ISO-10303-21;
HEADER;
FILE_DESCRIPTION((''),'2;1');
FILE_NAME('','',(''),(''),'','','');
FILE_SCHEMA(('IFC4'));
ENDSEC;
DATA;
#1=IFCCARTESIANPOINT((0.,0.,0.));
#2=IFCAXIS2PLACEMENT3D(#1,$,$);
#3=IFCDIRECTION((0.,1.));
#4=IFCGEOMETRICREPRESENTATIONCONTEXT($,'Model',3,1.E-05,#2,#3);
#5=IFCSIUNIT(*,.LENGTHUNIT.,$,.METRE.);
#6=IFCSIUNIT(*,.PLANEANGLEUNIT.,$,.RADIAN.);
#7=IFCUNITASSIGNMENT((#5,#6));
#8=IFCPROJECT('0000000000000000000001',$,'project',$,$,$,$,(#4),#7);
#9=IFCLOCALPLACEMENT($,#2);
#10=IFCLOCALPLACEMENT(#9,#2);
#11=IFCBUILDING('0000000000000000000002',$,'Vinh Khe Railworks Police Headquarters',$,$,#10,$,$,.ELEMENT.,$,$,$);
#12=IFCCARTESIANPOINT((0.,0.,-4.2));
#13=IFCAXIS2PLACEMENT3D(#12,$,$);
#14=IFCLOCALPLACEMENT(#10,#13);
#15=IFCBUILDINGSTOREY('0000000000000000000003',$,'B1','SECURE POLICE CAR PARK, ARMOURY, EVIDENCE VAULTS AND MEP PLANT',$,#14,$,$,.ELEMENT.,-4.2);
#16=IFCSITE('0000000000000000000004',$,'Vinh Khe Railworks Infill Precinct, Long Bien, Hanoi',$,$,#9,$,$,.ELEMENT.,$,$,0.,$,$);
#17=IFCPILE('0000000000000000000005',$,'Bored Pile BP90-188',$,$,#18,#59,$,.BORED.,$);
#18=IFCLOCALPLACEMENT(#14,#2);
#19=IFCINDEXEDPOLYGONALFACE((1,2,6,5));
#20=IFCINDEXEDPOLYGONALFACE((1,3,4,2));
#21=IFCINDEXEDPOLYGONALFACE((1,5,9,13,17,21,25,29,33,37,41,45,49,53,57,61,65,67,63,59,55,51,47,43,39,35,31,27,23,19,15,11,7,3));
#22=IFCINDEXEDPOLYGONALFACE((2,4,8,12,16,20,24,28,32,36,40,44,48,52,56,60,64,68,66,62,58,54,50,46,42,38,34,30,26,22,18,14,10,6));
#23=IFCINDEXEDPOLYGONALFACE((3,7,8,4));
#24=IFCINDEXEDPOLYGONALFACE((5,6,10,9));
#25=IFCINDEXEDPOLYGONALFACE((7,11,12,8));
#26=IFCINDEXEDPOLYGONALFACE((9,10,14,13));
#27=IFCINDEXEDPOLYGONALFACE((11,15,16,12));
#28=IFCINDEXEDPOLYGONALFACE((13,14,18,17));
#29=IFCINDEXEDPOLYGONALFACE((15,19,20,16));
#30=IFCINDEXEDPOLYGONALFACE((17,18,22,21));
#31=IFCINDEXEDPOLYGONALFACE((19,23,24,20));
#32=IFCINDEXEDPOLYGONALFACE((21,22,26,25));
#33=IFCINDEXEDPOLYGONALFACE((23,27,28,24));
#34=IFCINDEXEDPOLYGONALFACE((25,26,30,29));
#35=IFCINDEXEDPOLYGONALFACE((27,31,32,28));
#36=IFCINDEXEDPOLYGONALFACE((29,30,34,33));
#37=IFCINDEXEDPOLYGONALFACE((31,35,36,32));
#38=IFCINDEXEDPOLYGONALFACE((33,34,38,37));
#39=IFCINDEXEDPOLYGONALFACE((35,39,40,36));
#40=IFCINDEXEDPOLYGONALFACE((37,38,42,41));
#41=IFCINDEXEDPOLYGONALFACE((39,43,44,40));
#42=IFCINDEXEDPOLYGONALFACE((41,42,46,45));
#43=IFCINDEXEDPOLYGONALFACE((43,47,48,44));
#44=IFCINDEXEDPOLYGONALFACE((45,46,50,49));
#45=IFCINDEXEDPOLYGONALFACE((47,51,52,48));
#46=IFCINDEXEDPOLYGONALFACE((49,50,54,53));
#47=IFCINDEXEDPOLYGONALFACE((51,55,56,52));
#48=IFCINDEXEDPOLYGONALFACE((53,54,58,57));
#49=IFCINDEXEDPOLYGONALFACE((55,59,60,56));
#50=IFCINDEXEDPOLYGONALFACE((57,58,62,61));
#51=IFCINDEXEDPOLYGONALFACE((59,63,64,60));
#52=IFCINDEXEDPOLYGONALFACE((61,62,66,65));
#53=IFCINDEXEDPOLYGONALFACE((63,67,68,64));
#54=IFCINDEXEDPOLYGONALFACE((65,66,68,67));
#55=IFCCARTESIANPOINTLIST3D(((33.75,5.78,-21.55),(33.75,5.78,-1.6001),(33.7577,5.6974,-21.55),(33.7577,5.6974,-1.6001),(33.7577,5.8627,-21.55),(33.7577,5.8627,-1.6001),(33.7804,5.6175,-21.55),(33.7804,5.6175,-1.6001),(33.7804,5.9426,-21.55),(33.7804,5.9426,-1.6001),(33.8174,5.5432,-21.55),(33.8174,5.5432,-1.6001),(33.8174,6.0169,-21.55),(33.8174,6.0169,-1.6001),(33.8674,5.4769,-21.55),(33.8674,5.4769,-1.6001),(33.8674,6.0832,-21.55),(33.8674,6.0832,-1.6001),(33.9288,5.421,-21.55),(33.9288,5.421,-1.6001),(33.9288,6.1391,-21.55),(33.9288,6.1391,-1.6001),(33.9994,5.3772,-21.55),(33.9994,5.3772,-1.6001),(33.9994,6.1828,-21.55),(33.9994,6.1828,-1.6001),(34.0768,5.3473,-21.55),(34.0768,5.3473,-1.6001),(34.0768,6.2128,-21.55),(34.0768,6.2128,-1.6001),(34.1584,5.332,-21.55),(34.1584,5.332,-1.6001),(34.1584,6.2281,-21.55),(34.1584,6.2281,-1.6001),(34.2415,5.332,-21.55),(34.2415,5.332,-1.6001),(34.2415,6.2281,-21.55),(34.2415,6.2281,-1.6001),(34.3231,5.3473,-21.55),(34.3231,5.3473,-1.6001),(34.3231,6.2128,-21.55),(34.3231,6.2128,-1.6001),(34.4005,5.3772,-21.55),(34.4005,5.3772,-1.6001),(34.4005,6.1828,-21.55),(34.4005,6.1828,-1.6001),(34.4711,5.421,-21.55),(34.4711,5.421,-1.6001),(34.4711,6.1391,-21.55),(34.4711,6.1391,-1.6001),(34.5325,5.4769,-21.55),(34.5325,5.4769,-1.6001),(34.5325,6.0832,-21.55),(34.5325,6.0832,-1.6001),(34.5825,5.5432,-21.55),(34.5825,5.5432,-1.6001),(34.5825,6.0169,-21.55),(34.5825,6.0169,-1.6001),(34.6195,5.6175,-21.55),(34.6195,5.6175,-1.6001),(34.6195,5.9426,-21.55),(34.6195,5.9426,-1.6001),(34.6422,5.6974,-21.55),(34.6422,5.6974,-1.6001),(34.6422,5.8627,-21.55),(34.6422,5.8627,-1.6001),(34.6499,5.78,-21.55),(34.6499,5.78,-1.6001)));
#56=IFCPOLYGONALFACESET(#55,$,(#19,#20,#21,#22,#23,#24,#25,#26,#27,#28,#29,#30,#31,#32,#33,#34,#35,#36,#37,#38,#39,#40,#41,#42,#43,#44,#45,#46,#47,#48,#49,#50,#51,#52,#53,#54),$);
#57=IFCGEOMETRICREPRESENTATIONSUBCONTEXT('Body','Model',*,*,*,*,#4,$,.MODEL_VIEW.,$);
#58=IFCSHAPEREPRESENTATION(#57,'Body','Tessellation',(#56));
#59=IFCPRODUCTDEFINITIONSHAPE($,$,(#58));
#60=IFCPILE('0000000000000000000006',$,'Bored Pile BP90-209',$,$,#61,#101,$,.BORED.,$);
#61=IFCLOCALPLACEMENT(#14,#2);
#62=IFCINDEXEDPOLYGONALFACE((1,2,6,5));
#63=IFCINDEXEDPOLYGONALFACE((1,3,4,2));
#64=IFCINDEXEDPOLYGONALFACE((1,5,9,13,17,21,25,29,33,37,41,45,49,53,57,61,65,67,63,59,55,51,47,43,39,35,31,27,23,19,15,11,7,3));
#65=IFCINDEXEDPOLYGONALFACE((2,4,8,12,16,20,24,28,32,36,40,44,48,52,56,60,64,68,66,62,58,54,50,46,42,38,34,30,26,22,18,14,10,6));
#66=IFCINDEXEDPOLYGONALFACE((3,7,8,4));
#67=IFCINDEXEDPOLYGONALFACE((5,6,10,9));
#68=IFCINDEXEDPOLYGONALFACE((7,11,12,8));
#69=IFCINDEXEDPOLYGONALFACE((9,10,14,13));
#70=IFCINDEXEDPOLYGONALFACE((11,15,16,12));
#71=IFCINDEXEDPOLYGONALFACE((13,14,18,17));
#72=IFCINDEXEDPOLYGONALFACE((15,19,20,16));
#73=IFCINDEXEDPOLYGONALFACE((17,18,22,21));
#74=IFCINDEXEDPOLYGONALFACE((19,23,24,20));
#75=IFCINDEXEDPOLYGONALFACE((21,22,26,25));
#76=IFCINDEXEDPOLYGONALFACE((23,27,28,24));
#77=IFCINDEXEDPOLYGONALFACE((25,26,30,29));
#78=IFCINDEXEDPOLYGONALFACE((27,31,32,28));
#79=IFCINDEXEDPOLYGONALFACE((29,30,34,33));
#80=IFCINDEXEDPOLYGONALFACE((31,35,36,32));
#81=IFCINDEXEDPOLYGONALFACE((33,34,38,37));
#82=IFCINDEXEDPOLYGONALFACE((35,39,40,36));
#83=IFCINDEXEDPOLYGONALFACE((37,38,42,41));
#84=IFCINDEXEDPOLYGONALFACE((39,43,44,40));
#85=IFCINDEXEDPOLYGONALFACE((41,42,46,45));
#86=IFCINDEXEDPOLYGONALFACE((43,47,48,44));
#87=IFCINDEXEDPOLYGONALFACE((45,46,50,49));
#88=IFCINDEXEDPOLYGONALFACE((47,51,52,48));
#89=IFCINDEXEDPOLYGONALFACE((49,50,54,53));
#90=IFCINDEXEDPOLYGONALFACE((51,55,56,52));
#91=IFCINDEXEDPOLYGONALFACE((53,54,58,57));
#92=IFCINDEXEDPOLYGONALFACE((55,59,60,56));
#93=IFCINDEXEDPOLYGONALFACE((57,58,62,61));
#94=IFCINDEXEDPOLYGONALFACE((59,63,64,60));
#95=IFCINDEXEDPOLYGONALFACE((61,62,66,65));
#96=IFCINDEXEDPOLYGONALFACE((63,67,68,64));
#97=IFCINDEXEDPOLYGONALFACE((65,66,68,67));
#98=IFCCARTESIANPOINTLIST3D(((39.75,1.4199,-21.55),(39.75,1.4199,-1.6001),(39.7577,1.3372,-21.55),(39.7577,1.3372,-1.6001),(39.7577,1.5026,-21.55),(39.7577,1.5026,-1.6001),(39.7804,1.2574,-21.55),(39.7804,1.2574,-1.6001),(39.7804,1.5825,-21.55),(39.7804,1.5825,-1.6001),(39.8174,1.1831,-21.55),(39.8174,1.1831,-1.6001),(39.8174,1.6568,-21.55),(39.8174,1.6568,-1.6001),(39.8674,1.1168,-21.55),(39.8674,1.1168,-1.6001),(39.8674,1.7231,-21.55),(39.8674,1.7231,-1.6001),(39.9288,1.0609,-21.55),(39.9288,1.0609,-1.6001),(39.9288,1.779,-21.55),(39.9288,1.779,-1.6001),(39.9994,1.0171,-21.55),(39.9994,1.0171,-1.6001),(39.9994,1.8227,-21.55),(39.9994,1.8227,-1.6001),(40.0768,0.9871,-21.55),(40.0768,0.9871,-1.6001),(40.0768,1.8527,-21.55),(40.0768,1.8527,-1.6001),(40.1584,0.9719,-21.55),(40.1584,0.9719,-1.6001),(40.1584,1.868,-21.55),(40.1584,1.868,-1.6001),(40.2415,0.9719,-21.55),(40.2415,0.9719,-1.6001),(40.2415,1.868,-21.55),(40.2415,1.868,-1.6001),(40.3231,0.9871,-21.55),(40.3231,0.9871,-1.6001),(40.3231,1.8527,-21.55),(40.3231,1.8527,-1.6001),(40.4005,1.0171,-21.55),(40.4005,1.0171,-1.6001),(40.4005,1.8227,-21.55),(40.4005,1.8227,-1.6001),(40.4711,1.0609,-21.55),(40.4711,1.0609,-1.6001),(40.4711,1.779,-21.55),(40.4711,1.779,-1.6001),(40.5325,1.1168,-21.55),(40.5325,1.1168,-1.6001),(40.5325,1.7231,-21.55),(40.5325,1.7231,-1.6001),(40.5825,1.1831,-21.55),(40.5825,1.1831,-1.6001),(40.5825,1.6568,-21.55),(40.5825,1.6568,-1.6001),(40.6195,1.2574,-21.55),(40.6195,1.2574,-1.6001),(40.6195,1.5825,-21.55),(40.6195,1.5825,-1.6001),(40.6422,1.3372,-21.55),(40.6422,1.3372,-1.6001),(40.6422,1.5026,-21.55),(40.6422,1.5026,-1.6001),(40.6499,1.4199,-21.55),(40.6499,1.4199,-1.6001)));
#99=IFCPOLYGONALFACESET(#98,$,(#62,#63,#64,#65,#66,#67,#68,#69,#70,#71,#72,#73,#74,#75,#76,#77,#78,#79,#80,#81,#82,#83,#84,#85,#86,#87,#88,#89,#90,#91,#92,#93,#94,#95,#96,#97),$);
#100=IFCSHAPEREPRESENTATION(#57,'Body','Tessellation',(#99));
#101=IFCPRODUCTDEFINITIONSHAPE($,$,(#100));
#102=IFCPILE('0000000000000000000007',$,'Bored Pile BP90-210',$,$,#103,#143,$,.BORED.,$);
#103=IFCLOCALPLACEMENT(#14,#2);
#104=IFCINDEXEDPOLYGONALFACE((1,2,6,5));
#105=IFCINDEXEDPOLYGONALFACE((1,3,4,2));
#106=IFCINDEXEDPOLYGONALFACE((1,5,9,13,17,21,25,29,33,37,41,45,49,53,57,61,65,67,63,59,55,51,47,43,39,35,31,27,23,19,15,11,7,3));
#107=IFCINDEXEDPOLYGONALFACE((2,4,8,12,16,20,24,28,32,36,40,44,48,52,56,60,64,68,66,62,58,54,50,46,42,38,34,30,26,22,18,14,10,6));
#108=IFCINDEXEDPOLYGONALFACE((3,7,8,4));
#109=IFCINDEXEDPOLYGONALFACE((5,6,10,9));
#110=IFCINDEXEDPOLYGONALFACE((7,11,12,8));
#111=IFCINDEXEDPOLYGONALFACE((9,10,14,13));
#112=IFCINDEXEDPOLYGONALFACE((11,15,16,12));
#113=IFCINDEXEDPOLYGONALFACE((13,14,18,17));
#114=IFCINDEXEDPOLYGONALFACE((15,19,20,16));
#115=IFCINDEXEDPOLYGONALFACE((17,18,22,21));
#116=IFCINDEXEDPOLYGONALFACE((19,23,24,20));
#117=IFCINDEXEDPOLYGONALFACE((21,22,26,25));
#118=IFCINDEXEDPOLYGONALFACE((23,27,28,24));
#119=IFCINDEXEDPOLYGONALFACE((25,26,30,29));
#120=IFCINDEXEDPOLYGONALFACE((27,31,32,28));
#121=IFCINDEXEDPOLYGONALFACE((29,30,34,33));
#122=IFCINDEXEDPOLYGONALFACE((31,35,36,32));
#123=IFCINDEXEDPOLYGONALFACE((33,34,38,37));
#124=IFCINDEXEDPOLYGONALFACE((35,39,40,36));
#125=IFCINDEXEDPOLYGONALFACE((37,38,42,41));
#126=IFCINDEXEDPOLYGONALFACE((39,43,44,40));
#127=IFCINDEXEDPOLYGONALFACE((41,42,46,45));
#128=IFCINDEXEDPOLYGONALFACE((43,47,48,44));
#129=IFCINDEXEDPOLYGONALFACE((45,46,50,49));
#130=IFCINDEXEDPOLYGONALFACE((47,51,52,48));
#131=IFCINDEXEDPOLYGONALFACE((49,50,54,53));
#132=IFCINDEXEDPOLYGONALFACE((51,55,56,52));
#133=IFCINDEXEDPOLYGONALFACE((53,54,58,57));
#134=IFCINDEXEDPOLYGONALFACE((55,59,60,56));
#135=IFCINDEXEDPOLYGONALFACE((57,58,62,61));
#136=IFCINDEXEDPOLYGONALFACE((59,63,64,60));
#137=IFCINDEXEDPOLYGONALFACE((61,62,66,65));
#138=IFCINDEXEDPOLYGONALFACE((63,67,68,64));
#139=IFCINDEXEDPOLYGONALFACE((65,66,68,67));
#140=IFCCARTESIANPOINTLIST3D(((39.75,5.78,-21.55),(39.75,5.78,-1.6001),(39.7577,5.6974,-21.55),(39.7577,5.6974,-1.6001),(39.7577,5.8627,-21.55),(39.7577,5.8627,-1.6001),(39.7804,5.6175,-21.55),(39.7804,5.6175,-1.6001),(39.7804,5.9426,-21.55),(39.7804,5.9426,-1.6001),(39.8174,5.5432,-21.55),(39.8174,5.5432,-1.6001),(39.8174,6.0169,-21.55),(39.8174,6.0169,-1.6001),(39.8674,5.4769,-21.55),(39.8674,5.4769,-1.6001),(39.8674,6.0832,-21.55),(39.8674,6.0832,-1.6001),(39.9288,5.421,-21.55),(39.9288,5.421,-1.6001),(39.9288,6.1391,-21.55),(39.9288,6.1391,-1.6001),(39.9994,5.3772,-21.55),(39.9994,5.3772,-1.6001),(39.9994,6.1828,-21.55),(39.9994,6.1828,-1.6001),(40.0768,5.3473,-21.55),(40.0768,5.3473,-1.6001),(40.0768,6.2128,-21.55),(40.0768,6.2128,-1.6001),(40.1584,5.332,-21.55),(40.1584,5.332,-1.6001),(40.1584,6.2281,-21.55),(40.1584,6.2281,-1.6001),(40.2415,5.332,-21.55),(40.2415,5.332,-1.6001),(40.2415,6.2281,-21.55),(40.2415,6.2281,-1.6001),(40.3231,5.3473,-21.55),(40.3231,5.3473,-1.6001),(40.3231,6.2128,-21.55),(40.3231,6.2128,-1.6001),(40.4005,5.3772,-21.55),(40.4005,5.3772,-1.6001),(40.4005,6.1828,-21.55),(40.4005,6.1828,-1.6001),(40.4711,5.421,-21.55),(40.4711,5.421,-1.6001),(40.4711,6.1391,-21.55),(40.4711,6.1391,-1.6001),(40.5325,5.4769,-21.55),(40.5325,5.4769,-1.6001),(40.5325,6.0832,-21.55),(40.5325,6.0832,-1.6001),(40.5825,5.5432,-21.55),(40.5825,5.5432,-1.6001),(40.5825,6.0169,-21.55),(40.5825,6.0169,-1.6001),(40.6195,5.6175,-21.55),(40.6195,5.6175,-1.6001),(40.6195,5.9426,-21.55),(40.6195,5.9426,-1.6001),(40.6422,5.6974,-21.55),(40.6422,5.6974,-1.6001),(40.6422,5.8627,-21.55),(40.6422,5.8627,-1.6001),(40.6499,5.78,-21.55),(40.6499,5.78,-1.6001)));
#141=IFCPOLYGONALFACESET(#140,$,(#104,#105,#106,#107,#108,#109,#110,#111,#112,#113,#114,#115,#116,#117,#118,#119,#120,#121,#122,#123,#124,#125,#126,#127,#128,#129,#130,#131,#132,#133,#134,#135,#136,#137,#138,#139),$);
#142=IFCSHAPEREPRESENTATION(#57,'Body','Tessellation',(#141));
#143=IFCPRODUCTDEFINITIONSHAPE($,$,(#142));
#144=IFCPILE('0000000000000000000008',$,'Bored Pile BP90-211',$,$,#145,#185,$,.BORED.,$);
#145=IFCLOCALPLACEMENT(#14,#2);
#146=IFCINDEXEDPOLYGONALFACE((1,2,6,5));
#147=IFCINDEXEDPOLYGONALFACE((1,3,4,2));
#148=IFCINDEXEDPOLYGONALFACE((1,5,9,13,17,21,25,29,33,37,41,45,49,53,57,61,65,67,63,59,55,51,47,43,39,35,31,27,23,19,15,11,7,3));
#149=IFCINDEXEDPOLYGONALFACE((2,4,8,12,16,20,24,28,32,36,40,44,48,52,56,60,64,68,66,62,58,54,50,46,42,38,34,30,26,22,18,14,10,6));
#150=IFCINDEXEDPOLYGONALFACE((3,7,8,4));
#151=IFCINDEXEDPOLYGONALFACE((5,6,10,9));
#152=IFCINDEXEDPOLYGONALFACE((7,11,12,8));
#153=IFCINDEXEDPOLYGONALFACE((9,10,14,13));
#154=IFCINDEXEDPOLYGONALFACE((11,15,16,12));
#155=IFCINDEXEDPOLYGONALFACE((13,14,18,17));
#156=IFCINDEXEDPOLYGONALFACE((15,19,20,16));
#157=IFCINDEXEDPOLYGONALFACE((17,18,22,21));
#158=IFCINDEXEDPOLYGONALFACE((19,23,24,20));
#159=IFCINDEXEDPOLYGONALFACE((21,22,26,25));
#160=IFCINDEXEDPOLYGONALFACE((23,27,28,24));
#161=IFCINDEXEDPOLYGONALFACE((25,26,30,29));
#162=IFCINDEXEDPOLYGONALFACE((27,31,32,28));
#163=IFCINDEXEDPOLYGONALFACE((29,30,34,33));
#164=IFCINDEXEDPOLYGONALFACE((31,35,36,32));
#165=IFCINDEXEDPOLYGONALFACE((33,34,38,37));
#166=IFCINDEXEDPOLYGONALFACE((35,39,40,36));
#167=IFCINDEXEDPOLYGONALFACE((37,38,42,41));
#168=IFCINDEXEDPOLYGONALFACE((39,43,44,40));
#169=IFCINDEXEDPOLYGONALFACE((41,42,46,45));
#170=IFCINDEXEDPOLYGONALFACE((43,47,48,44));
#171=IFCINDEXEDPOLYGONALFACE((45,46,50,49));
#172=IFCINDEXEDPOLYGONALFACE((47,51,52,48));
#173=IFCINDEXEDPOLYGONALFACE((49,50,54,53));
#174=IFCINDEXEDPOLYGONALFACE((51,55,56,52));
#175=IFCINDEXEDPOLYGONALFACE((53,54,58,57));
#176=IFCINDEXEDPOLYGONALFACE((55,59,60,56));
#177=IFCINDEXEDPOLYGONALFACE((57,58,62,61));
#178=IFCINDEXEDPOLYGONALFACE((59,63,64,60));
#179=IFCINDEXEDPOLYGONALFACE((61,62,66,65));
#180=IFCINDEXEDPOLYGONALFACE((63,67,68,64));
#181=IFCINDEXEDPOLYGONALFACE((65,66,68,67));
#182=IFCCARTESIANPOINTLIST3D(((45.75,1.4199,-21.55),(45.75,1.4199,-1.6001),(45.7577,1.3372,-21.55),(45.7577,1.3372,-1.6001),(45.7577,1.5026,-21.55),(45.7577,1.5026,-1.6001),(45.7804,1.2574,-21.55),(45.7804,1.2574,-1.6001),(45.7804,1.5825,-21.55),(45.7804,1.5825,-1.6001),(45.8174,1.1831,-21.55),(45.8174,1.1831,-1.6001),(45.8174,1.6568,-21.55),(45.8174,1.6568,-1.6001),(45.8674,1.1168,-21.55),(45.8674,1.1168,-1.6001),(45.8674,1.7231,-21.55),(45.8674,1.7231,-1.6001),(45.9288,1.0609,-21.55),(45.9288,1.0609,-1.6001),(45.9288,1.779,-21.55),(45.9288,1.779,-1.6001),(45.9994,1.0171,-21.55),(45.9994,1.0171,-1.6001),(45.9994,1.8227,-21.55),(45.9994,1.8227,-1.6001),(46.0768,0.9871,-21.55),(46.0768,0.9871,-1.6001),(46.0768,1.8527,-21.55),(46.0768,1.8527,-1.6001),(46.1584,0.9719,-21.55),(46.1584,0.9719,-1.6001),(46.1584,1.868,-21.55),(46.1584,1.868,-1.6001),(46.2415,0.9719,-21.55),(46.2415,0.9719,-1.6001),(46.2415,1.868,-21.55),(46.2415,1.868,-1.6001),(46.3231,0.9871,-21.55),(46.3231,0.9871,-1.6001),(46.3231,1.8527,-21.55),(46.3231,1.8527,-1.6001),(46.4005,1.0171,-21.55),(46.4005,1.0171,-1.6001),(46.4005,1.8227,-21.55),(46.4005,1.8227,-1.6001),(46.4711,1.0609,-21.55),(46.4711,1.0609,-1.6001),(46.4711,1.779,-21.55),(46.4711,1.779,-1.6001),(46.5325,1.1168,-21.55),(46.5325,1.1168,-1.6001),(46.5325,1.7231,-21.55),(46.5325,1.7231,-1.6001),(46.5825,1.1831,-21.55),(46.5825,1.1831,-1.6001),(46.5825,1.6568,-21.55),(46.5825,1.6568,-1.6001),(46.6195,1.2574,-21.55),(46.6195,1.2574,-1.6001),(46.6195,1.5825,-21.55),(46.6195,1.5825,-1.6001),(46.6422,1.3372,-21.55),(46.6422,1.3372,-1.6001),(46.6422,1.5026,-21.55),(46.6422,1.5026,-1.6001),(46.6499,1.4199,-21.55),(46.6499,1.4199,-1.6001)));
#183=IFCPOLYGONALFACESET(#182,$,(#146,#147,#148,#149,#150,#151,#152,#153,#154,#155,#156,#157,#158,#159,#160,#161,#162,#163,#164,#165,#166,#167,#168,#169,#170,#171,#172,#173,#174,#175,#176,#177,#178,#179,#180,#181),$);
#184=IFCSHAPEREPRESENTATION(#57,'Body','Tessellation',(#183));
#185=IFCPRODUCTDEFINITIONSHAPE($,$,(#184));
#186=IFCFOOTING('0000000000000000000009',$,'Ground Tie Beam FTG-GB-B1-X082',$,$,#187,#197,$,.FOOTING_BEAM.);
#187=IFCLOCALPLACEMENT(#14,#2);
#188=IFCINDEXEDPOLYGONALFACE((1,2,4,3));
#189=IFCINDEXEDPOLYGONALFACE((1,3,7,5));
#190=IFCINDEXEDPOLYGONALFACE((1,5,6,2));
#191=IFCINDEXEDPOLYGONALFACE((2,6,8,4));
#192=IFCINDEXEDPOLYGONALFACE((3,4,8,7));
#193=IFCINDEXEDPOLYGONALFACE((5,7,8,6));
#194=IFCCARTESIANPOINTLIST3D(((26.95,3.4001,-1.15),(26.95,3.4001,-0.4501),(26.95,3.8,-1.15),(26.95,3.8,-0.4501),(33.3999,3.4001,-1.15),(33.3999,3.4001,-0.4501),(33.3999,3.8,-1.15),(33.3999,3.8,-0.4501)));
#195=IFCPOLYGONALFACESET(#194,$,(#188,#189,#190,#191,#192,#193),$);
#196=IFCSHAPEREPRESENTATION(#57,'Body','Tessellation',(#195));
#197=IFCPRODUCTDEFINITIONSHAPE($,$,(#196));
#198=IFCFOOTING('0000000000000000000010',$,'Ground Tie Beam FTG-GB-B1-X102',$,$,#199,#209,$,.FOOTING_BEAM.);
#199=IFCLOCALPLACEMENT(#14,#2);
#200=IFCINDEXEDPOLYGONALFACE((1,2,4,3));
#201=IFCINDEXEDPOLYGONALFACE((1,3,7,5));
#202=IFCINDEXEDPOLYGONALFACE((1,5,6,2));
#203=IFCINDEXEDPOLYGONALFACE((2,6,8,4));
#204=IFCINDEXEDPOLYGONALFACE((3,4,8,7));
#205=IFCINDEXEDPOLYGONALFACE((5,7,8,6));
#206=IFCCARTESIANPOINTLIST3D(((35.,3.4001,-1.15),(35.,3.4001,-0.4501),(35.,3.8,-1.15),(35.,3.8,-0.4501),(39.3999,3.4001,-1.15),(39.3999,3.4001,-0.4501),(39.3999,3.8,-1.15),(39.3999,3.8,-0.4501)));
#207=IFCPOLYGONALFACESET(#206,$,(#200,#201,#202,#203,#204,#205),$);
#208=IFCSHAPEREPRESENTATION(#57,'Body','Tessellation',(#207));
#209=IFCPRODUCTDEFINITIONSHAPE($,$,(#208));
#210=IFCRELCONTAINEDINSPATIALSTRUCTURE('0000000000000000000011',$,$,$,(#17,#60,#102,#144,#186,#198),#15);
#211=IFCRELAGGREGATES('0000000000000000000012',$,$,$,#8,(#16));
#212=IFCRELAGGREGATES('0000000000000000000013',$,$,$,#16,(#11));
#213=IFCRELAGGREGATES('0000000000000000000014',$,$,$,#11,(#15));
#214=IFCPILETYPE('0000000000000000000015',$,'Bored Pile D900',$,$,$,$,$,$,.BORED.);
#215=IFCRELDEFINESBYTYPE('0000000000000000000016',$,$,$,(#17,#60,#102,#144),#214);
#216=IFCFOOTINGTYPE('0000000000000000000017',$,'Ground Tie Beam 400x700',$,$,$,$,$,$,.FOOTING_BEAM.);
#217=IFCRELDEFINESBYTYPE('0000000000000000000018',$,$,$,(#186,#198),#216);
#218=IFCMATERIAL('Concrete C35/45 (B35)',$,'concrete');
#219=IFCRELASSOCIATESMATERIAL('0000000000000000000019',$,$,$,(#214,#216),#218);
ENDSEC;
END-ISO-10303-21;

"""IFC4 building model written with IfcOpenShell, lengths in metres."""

from ifc_helpers import new_model, si_unit, direction, frame, origin, origin_2d, place, context, subcontext, project, spatial, rectangle, circle, extrude, material, material_profile, profile_set, type_object, element, save


model = new_model("IFC4")

# Units and contexts
model_context = context("Model", 3, precision=1e-05, world=origin(), true_north=direction((0.0, 1.0)))
body_context = subcontext(model_context, "Body", "Model", "MODEL_VIEW")
ifc_project = project(units=[si_unit("LENGTHUNIT", "METRE"), si_unit("PLANEANGLEUNIT", "RADIAN")], contexts=[model_context])

# Site, building, storey
site_placement = place(None, origin())
site = spatial("IfcSite", under=ifc_project, at=site_placement, Name="Vinh Khe Railworks Infill Precinct, Long Bien, Hanoi", CompositionType="ELEMENT", RefElevation=0.0)
building_placement = place(site_placement, origin())
building = spatial("IfcBuilding", under=site, at=building_placement, Name="Vinh Khe Railworks Police Headquarters", CompositionType="ELEMENT")
storey_placement = place(building_placement, frame((0.0, 0.0, -4.2)))
storey = spatial("IfcBuildingStorey", under=building, at=storey_placement, Name="B1", Description="SECURE POLICE CAR PARK, ARMOURY, EVIDENCE VAULTS AND MEP PLANT", CompositionType="ELEMENT", Elevation=-4.2)

# Piles
ifc_material_1 = material(Name="Concrete C35/45 (B35)", Category="concrete")
ifc_material_profile_1 = material_profile(ifc_material_1, circle(Radius=0.45, at=origin_2d()), Name="BORED PILE D900")
ifc_profile_set_1 = profile_set([ifc_material_profile_1], Name="Concrete C35/45 (B35)")
pile_type_1 = type_object("IfcPileType", Name="Bored Pile D900", PredefinedType="BORED", material=ifc_profile_set_1)
for number, where, z_axis, x_axis, name in (
    (1, (34.2, 5.78, -1.6001), (0.0, 0.0, -1.0), (1.0, 0.0, 0.0), "Bored Pile BP90-188"),
    (2, (40.2, 1.4199, -1.6001), (0.0, 0.0, -1.0), (1.0, 0.0, 0.0), "Bored Pile BP90-209"),
    (3, (40.2, 5.78, -1.6001), (0.0, 0.0, -1.0), (1.0, 0.0, 0.0), "Bored Pile BP90-210"),
    (4, (46.2, 1.4199, -1.6001), (0.0, 0.0, -1.0), (1.0, 0.0, 0.0), "Bored Pile BP90-211"),
):
    element("IfcPile", number, at=place(storey_placement, frame(where, z_axis=z_axis, x_axis=x_axis)), inside=storey, type_object=pile_type_1, Name=name, PredefinedType="BORED", context=body_context, shape_type="SweptSolid", body=[
        extrude(circle(Radius=0.45, at=origin_2d()), origin(), (0.0, 0.0, 1.0), 19.95),
    ])

# Footings
ifc_material_profile_2 = material_profile(ifc_material_1, rectangle(XDim=0.3999, YDim=0.7, at=origin_2d()), Name="RC 400x700")
ifc_profile_set_2 = profile_set([ifc_material_profile_2], Name="Concrete C35/45 (B35)")
footing_type_1 = type_object("IfcFootingType", Name="Ground Tie Beam 400x700", PredefinedType="FOOTING_BEAM", material=ifc_profile_set_2)
footing_1_placement = place(storey_placement, frame((26.95, 3.6001, -0.8), z_axis=(1.0, 0.0, 0.0), x_axis=(0.0, 1.0, 0.0)))
element("IfcFooting", 5, at=footing_1_placement, inside=storey, type_object=footing_type_1, Name="Ground Tie Beam FTG-GB-B1-X082", PredefinedType="FOOTING_BEAM", context=body_context, shape_type="SweptSolid", body=[
    extrude(rectangle(XDim=0.3999, YDim=0.7, at=origin_2d()), origin(), (0.0, 0.0, 1.0), 6.45),
])
footing_2_placement = place(storey_placement, frame((35.0, 3.6001, -0.8), z_axis=(1.0, 0.0, 0.0), x_axis=(0.0, 1.0, 0.0)))
element("IfcFooting", 6, at=footing_2_placement, inside=storey, type_object=footing_type_1, Name="Ground Tie Beam FTG-GB-B1-X102", PredefinedType="FOOTING_BEAM", context=body_context, shape_type="SweptSolid", body=[
    extrude(rectangle(XDim=0.3999, YDim=0.7, at=origin_2d()), origin(), (0.0, 0.0, 1.0), 4.3999),
])

save(model, "model.ifc")
